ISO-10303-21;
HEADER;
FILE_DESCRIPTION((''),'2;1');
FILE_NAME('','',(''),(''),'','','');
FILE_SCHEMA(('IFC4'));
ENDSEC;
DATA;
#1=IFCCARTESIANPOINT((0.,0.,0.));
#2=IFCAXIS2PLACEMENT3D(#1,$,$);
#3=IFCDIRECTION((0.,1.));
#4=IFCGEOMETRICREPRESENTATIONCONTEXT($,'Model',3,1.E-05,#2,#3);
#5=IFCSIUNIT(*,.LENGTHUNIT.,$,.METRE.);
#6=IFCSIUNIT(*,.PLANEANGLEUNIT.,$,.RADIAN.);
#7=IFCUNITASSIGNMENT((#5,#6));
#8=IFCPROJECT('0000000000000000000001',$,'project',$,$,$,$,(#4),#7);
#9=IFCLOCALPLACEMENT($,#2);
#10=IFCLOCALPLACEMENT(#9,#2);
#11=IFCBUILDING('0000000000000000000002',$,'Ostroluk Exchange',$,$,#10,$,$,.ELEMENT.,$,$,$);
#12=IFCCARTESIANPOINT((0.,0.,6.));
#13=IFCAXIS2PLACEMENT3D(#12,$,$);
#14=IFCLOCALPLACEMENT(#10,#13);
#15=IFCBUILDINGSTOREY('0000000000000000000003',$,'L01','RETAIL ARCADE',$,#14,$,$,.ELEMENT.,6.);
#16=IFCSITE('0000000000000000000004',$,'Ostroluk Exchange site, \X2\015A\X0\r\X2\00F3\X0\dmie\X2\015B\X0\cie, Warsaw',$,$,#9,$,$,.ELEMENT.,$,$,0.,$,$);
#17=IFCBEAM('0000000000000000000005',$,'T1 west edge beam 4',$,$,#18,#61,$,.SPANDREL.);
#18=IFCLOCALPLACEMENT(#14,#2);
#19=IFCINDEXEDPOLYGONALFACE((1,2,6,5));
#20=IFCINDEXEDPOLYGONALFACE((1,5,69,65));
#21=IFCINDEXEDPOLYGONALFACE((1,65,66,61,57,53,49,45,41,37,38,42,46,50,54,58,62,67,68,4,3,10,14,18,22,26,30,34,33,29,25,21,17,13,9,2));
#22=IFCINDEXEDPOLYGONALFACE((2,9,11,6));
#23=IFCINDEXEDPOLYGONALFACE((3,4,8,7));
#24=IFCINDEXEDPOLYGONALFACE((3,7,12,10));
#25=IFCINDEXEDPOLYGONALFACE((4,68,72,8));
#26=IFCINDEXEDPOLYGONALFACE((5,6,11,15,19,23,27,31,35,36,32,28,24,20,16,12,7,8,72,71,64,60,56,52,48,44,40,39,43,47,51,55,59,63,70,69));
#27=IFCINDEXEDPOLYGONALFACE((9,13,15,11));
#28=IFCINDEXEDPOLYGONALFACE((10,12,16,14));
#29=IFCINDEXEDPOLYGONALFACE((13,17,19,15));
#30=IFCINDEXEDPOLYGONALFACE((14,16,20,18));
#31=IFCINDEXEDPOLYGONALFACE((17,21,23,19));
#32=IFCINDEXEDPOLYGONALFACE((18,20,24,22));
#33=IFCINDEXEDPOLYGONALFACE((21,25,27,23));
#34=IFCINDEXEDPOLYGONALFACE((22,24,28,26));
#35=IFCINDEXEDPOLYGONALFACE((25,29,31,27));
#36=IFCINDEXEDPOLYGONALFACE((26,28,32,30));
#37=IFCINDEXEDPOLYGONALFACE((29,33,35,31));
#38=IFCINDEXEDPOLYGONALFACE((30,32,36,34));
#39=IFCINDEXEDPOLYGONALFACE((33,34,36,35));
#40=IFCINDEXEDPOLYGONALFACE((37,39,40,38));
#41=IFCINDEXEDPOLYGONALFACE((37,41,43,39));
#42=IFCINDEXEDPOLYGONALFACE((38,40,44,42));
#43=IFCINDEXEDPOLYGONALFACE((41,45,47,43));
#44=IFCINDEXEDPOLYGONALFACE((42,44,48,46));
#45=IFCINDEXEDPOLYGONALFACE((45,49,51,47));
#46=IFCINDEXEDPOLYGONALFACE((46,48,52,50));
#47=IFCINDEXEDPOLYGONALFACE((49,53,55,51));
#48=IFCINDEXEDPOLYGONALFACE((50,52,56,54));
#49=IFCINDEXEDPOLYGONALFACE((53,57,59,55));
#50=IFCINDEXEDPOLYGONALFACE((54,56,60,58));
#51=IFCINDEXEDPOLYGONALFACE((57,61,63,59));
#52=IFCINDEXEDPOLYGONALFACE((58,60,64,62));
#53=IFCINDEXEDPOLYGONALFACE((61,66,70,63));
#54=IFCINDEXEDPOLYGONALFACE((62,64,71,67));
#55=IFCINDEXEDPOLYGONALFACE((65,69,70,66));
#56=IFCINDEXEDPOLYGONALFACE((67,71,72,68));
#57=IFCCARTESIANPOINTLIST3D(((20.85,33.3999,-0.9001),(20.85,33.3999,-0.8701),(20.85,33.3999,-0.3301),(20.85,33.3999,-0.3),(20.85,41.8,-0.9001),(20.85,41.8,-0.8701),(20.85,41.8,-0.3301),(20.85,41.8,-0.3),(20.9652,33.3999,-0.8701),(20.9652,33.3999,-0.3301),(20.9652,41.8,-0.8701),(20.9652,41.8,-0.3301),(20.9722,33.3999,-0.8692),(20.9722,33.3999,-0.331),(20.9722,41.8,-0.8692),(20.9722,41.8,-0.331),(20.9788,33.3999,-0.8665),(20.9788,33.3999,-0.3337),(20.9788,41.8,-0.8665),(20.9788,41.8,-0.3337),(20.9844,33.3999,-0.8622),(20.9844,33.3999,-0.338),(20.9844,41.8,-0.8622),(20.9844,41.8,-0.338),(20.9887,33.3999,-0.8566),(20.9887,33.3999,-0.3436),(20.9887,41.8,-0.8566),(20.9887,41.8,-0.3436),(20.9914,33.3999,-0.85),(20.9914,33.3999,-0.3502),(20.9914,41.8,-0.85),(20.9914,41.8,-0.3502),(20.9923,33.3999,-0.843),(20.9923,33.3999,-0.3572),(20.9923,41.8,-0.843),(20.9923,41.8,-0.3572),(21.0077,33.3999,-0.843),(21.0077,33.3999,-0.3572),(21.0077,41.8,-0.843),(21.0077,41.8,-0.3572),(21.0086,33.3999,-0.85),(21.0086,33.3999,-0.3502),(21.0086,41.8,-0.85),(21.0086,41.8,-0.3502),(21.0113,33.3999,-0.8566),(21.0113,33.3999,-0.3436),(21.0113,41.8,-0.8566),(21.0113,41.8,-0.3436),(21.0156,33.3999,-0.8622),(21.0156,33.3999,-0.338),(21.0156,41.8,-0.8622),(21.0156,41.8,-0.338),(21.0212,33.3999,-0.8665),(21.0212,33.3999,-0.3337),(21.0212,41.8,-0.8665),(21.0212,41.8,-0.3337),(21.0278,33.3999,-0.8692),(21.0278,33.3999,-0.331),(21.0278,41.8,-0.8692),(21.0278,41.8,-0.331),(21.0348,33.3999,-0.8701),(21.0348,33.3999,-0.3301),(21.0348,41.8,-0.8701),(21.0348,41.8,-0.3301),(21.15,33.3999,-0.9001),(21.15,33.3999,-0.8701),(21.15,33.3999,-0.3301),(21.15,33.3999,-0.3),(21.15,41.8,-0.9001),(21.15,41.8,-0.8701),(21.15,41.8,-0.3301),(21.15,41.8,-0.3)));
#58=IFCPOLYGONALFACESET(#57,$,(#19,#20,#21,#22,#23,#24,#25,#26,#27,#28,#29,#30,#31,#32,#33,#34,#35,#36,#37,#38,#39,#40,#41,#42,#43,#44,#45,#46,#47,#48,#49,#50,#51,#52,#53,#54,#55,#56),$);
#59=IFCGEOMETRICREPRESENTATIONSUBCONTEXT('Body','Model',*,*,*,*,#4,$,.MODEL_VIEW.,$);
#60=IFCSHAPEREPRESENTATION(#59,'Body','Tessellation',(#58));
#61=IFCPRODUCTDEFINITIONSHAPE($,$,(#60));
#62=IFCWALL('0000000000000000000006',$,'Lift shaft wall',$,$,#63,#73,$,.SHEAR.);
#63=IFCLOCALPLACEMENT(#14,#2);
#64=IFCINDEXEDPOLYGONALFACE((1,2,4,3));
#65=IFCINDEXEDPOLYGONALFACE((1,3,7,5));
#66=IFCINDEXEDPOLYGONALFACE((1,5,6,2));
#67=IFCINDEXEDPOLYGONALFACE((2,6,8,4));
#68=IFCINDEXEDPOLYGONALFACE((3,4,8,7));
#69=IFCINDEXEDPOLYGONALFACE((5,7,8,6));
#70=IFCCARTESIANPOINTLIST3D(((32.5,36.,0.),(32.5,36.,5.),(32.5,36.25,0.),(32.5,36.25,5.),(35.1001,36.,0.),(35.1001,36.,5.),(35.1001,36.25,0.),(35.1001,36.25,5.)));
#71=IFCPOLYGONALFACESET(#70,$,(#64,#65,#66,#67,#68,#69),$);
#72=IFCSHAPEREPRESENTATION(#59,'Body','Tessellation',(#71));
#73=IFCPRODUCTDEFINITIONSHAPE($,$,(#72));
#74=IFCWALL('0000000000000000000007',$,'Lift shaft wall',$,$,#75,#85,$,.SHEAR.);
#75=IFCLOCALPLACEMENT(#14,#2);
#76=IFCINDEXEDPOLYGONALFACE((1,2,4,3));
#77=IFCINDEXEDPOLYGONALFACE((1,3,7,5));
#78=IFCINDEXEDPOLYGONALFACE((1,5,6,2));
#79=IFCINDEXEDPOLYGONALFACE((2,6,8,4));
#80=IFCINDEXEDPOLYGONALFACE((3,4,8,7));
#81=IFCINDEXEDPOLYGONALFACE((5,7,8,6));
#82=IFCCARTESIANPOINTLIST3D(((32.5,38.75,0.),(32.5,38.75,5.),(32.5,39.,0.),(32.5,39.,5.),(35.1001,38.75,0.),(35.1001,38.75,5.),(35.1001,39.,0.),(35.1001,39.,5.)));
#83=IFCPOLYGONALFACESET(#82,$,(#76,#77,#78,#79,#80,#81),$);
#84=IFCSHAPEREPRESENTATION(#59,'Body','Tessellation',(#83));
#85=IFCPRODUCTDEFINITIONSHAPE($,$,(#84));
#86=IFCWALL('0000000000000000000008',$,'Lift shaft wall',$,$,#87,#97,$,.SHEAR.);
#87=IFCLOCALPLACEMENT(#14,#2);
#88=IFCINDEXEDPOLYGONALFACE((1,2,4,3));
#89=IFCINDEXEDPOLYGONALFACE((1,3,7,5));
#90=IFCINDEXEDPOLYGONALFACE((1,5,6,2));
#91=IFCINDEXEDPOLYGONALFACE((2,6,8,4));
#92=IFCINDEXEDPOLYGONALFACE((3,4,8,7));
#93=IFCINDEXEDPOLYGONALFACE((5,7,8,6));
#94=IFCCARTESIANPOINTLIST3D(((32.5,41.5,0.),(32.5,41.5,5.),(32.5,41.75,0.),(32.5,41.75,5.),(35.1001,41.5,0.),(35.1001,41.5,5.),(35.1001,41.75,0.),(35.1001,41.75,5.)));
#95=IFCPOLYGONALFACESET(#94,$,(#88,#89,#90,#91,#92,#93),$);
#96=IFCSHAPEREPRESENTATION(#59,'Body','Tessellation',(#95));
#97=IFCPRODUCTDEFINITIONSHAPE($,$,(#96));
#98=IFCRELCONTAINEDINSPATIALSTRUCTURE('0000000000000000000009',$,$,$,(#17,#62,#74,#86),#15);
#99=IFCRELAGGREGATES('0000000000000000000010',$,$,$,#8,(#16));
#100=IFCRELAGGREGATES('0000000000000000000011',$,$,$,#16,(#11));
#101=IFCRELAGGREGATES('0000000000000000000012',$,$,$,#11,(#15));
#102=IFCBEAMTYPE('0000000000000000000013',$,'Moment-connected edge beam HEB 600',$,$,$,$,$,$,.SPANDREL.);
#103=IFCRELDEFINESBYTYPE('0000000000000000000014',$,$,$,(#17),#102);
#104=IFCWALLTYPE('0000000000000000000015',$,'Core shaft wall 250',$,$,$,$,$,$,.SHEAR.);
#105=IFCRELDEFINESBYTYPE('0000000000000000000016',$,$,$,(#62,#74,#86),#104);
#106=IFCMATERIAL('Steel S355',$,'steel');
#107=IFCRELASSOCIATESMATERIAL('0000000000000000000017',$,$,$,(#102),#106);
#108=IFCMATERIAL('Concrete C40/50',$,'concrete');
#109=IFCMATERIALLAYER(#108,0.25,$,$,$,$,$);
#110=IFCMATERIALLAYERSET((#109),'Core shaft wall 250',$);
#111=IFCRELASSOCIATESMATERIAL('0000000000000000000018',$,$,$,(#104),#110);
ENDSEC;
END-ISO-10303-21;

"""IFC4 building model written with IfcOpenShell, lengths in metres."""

from ifc_helpers import new_model, si_unit, direction, frame, frame_2d, origin, origin_2d, place, context, subcontext, project, spatial, rectangle, i_section, extrude, material, layer, layer_set, material_profile, profile_set, type_object, element, save


model = new_model("IFC4")

# Units and contexts
model_context = context("Model", 3, precision=1e-05, world=origin(), true_north=direction((0.0, 1.0)))
body_context = subcontext(model_context, "Body", "Model", "MODEL_VIEW")
ifc_project = project(units=[si_unit("LENGTHUNIT", "METRE"), si_unit("PLANEANGLEUNIT", "RADIAN")], contexts=[model_context])

# Site, building, storey
site_placement = place(None, origin())
site = spatial("IfcSite", under=ifc_project, at=site_placement, Name="Ostroluk Exchange site, Śródmieście, Warsaw", CompositionType="ELEMENT", RefElevation=0.0)
building_placement = place(site_placement, origin())
building = spatial("IfcBuilding", under=site, at=building_placement, Name="Ostroluk Exchange", CompositionType="ELEMENT")
storey_placement = place(building_placement, frame((0.0, 0.0, 6.0)))
storey = spatial("IfcBuildingStorey", under=building, at=storey_placement, Name="L01", Description="RETAIL ARCADE", CompositionType="ELEMENT", Elevation=6.0)

# Beam
ifc_material_1 = material(Name="Steel S355", Category="steel")
ifc_material_profile_1 = material_profile(ifc_material_1, i_section(OverallWidth=0.3, OverallDepth=0.6001, WebThickness=0.0154, FlangeThickness=0.03, FilletRadius=0.0271, at=origin_2d()), Name="HEB 600")
ifc_profile_set_1 = profile_set([ifc_material_profile_1], Name="Steel S355")
beam_type_1 = type_object("IfcBeamType", Name="Moment-connected edge beam HEB 600", PredefinedType="SPANDREL", material=ifc_profile_set_1)
beam_1_placement = place(storey_placement, frame((21.0, 41.8, -0.6001), z_axis=(0.0, -1.0, 0.0), x_axis=(1.0, 0.0, 0.0)))
element("IfcBeam", 1, at=beam_1_placement, inside=storey, type_object=beam_type_1, Name="T1 west edge beam 4", PredefinedType="SPANDREL", context=body_context, shape_type="SweptSolid", body=[
    extrude(i_section(OverallWidth=0.3, OverallDepth=0.6001, WebThickness=0.0154, FlangeThickness=0.03, FilletRadius=0.0271, at=origin_2d()), origin(), (0.0, 0.0, 1.0), 8.4001),
])

# Walls
ifc_material_2 = material(Name="Concrete C40/50", Category="concrete")
ifc_layer_1 = layer(ifc_material_2, 0.25)
ifc_layer_set_1 = layer_set([ifc_layer_1], Name="Core shaft wall 250")
wall_type_1 = type_object("IfcWallType", Name="Core shaft wall 250", PredefinedType="SHEAR", material=ifc_layer_set_1)
for number, where, z_axis, x_axis, name in (
    (2, (32.5, 36.125, 0.0), (0.0, 0.0, 1.0), (1.0, 0.0, 0.0), "Lift shaft wall"),
    (3, (32.5, 38.875, 0.0), (0.0, 0.0, 1.0), (1.0, 0.0, 0.0), "Lift shaft wall"),
    (4, (32.5, 41.625, 0.0), (0.0, 0.0, 1.0), (1.0, 0.0, 0.0), "Lift shaft wall"),
):
    element("IfcWall", number, at=place(storey_placement, frame(where, z_axis=z_axis, x_axis=x_axis)), inside=storey, type_object=wall_type_1, Name=name, PredefinedType="SHEAR", context=body_context, shape_type="SweptSolid", body=[
        extrude(rectangle(XDim=2.6001, YDim=0.25, at=frame_2d((1.3, 0.0))), origin(), (0.0, 0.0, 1.0), 5.0),
    ])

save(model, "model.ifc")
